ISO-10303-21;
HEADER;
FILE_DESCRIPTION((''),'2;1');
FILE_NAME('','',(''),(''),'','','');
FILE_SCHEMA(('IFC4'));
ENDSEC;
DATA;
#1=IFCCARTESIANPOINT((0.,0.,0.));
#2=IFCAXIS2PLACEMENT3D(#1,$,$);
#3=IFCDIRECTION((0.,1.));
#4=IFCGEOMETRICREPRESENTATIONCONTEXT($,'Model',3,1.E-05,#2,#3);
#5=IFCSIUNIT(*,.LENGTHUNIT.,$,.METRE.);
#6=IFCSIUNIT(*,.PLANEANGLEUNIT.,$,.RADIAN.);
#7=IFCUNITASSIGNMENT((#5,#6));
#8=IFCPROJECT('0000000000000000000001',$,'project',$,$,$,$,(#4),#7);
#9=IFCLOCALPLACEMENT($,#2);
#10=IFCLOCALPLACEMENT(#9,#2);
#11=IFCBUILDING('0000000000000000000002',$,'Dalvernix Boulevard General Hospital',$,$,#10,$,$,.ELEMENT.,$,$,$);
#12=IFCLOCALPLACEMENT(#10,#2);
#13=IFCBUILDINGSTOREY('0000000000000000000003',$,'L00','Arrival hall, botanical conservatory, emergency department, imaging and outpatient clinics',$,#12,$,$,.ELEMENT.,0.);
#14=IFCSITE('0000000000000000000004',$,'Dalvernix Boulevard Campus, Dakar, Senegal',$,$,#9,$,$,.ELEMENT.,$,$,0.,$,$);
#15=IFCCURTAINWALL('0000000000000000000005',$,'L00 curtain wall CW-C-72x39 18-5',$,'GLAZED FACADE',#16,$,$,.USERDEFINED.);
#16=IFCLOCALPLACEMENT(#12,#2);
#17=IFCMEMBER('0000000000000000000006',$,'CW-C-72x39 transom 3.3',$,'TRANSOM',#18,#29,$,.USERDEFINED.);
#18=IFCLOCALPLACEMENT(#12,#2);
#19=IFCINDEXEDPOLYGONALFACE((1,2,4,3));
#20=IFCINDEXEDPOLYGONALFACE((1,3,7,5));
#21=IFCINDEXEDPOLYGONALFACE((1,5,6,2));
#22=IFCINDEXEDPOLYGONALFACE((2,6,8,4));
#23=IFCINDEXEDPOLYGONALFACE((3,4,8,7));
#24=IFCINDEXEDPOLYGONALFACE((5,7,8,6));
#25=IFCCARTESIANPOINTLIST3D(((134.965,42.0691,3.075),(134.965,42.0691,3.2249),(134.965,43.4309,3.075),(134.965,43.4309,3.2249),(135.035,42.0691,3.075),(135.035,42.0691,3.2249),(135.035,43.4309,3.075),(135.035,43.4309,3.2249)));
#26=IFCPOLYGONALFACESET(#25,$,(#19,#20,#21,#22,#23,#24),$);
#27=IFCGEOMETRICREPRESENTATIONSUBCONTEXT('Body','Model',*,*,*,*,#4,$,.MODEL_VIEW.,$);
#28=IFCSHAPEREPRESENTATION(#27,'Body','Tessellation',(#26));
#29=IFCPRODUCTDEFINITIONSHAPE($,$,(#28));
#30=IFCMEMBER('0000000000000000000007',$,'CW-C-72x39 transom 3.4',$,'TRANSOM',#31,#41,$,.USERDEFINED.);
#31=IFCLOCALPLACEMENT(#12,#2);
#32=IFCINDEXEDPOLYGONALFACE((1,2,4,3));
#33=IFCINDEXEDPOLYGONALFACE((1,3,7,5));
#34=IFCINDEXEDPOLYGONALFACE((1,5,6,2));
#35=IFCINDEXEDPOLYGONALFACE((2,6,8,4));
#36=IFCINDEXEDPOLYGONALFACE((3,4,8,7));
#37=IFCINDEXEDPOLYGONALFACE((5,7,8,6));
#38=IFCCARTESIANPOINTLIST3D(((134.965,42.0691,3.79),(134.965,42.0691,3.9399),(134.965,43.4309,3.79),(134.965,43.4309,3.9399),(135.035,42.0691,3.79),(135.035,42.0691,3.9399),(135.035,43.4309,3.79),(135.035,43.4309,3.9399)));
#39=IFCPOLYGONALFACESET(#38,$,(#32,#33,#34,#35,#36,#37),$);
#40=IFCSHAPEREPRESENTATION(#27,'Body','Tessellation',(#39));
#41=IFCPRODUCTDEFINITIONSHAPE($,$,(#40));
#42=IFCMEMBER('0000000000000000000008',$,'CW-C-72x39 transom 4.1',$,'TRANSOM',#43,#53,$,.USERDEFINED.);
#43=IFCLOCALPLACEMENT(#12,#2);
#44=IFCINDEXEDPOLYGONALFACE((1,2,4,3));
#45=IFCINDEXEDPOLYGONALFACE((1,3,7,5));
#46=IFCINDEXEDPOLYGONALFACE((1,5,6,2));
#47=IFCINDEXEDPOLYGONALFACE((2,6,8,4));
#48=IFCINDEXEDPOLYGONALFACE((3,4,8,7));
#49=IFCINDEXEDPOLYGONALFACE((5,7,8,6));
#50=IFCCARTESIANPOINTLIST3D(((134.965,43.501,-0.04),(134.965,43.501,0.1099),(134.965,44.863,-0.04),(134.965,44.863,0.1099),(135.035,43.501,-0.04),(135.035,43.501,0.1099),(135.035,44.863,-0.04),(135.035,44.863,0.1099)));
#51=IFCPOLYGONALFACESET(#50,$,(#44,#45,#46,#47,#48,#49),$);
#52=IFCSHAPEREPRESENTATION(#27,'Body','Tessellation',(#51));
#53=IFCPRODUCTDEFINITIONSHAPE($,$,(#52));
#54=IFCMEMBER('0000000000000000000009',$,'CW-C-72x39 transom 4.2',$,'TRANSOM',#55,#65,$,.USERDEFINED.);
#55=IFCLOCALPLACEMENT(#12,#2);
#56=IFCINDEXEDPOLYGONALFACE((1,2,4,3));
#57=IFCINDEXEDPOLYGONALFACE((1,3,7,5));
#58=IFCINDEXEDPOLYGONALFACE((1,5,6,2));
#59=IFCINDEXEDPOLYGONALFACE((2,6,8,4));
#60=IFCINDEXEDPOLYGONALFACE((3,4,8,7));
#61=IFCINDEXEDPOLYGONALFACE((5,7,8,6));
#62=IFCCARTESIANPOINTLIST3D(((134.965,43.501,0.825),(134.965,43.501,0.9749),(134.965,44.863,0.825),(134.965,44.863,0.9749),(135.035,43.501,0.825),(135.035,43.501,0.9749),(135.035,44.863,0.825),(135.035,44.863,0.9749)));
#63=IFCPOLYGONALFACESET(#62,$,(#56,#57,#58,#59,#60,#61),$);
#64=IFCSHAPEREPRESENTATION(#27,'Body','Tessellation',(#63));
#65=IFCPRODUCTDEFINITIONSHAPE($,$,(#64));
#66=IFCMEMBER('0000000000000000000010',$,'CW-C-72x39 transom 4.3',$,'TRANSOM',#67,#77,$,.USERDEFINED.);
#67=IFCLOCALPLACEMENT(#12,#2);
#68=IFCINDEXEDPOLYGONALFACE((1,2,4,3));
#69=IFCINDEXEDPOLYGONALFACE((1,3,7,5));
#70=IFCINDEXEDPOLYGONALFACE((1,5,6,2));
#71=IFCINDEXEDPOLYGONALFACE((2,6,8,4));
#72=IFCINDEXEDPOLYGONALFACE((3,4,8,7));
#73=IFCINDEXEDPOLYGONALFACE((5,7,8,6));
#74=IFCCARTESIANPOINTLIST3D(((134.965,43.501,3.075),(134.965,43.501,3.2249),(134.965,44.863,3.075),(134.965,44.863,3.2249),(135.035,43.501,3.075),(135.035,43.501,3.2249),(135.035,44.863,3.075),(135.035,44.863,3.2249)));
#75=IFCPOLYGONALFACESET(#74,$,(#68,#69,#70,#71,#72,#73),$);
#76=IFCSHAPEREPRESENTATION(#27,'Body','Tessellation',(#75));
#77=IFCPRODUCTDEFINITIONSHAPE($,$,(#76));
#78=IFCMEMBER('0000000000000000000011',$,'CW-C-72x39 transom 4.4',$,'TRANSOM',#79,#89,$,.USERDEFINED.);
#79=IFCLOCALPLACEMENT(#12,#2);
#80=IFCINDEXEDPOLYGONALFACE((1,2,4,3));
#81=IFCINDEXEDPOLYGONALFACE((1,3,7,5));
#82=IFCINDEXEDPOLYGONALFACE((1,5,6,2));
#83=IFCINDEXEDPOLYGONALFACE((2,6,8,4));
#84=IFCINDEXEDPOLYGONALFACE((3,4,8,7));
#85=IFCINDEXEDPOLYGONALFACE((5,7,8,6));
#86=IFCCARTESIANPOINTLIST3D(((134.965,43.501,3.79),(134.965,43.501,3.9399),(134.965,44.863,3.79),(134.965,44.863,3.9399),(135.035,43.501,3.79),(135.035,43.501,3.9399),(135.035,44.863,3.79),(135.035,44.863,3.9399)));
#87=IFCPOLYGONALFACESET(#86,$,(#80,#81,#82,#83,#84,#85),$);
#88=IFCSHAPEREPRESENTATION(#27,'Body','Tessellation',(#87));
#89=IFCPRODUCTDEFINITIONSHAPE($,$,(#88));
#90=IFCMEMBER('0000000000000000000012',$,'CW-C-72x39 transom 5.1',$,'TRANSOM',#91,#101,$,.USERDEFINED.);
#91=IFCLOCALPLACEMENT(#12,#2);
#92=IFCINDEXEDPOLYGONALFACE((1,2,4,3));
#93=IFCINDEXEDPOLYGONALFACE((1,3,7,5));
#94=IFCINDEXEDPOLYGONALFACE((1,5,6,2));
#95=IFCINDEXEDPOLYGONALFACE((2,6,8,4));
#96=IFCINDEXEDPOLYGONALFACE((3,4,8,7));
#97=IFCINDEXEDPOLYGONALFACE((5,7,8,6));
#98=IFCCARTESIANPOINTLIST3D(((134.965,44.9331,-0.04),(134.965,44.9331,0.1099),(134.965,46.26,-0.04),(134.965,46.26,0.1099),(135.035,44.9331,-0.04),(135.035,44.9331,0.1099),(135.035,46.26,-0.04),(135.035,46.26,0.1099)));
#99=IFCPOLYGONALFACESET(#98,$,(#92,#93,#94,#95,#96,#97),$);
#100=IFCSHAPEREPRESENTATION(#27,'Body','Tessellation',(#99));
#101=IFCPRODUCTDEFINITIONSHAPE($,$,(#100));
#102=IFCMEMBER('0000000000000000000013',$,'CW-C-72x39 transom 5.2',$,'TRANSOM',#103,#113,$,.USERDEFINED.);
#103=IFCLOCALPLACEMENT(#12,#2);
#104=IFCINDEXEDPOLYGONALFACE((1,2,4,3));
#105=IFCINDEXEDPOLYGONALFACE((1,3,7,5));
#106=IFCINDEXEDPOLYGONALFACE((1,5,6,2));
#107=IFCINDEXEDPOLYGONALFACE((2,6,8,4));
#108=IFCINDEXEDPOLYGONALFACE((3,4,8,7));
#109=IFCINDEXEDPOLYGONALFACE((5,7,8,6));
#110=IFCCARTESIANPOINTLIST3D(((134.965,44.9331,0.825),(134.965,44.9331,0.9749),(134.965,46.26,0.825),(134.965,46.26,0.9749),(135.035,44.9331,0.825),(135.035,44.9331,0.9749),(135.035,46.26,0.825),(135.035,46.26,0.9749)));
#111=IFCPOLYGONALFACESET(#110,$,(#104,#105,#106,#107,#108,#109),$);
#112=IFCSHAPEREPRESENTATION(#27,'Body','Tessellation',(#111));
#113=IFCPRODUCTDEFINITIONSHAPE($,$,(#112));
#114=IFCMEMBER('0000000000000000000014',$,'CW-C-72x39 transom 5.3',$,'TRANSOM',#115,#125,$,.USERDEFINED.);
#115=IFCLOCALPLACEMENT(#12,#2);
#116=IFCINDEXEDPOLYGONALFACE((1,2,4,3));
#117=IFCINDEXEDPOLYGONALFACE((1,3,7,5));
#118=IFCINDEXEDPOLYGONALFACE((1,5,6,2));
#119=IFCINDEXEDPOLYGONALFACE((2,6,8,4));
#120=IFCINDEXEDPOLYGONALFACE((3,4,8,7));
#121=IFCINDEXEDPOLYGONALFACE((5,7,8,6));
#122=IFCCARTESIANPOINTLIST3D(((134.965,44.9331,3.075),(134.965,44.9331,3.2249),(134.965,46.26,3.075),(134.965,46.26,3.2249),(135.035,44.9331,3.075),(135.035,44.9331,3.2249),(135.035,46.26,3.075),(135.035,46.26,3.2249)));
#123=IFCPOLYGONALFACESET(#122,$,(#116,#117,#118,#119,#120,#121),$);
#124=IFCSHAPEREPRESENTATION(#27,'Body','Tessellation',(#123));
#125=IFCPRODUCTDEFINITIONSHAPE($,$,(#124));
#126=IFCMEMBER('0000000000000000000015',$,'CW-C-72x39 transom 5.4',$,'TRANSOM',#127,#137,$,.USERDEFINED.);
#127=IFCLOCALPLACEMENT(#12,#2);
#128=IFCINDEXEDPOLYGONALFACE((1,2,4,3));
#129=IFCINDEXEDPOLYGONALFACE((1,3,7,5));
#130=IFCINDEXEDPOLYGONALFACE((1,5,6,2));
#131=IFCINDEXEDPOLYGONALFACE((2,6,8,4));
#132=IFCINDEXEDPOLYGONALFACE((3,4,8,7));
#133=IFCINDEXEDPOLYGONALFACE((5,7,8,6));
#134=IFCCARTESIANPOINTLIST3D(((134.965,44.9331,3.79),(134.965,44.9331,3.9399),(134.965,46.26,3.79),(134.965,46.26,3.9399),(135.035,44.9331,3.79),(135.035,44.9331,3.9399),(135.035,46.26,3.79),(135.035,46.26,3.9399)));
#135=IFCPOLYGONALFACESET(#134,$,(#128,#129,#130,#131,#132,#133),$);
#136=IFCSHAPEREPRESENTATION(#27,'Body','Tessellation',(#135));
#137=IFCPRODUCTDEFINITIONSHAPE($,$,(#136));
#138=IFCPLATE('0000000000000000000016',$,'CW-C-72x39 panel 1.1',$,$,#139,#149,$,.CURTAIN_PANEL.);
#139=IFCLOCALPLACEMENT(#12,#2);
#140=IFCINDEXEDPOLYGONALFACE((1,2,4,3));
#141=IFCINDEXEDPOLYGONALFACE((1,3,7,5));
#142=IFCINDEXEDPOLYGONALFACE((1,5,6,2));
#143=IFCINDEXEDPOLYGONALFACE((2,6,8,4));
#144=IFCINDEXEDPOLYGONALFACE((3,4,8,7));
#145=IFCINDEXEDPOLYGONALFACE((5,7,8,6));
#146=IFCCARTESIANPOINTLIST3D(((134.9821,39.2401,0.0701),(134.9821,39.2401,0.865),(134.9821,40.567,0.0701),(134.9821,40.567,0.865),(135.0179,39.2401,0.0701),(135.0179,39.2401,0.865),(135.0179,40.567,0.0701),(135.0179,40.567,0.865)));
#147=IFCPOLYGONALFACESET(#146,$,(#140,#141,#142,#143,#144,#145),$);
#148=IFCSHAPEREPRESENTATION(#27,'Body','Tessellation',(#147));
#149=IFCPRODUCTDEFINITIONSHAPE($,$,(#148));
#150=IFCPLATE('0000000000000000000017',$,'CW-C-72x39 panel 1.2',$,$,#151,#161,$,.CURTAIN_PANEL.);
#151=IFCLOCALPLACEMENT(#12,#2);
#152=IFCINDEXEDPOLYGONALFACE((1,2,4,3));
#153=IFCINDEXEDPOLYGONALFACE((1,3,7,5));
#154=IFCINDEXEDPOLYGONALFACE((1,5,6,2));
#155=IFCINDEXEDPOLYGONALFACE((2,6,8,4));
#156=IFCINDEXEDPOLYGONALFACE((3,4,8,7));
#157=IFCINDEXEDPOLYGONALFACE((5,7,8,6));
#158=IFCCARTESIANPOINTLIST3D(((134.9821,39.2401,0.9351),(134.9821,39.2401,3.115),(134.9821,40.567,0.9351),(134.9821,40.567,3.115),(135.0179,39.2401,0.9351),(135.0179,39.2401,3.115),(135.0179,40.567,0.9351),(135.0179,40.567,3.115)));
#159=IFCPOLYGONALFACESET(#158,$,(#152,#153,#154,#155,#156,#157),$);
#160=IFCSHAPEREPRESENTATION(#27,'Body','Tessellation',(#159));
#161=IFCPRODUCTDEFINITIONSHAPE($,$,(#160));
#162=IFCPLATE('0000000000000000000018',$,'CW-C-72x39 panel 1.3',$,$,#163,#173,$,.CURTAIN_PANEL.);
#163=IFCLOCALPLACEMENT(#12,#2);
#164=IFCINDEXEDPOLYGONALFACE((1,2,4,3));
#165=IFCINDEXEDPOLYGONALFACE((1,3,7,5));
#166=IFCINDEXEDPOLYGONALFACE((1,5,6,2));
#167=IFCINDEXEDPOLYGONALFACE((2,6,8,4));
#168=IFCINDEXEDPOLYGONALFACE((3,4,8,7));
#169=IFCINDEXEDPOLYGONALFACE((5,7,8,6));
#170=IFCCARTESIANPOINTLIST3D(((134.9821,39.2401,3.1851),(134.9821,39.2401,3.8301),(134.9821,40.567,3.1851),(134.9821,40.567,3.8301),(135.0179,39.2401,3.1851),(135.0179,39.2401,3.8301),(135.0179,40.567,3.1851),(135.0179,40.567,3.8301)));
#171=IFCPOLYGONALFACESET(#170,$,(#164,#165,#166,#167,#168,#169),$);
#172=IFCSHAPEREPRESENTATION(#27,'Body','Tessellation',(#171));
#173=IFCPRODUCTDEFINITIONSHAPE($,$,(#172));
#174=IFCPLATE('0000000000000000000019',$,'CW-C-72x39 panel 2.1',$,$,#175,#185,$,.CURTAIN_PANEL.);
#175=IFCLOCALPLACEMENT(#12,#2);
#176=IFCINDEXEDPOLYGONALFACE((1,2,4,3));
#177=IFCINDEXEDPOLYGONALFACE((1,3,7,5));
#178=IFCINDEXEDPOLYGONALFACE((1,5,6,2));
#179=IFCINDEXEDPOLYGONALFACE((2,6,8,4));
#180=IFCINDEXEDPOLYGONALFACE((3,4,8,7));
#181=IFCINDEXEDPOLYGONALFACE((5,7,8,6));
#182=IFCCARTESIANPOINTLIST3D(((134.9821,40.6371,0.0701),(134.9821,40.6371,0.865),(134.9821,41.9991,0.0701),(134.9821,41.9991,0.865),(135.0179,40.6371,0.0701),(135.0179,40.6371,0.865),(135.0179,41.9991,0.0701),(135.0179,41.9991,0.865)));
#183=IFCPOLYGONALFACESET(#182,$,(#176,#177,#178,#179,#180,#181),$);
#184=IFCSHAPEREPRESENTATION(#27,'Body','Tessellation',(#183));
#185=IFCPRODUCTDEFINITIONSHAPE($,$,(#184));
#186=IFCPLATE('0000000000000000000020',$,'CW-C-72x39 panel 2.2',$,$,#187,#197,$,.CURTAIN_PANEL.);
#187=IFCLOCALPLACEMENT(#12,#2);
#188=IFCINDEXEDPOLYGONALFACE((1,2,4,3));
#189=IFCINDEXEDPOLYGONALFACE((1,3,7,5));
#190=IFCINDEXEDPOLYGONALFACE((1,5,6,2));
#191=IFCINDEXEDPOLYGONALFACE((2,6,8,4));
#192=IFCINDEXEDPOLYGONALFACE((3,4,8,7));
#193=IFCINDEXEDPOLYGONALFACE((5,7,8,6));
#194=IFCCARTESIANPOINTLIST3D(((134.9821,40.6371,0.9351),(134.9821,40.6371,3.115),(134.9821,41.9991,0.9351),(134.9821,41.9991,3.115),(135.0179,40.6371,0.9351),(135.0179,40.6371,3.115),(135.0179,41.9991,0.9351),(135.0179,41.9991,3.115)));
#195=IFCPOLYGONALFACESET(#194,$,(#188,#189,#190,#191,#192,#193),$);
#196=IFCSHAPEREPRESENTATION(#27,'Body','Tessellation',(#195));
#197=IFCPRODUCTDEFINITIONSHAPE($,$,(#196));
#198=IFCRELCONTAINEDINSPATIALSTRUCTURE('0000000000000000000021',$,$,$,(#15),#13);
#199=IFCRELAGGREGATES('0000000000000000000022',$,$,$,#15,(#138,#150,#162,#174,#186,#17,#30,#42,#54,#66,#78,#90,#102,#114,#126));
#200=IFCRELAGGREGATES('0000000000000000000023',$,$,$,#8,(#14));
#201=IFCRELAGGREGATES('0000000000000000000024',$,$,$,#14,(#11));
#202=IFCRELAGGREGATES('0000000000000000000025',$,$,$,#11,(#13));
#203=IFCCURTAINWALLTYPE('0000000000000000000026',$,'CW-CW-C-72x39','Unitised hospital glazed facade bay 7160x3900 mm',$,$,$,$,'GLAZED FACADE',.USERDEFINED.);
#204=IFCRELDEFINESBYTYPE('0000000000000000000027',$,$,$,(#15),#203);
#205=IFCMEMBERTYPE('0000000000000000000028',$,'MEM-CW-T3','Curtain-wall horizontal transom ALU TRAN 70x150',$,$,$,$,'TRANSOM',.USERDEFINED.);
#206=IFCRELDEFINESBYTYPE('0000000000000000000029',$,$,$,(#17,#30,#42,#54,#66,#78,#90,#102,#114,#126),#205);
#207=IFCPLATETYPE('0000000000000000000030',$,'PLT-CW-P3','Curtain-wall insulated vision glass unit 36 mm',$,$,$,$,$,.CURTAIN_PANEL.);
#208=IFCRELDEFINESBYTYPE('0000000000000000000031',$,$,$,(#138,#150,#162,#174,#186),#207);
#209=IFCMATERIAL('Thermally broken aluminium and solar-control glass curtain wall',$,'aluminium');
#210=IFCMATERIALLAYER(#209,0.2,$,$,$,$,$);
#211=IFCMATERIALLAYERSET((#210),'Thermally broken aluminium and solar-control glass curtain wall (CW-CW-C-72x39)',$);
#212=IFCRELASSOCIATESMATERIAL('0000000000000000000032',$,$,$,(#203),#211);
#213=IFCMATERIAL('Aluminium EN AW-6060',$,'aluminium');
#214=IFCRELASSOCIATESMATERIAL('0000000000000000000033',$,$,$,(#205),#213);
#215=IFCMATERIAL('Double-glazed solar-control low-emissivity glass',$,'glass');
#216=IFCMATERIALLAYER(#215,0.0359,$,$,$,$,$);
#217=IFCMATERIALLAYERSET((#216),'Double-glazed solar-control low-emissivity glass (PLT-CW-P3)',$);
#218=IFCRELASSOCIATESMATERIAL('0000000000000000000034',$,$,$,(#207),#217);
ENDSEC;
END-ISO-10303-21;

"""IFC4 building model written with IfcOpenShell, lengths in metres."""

from ifc_helpers import new_model, si_unit, direction, frame, origin, origin_2d, place, context, subcontext, project, spatial, rectangle, extrude, material, layer, layer_set, material_profile, profile_set, type_object, element, aggregate, save


model = new_model("IFC4")

# Units and contexts
model_context = context("Model", 3, precision=1e-05, world=origin(), true_north=direction((0.0, 1.0)))
body_context = subcontext(model_context, "Body", "Model", "MODEL_VIEW")
ifc_project = project(units=[si_unit("LENGTHUNIT", "METRE"), si_unit("PLANEANGLEUNIT", "RADIAN")], contexts=[model_context])

# Site, building, storey
site_placement = place(None, origin())
site = spatial("IfcSite", under=ifc_project, at=site_placement, Name="Dalvernix Boulevard Campus, Dakar, Senegal", CompositionType="ELEMENT", RefElevation=0.0)
building_placement = place(site_placement, origin())
building = spatial("IfcBuilding", under=site, at=building_placement, Name="Dalvernix Boulevard General Hospital", CompositionType="ELEMENT")
storey_placement = place(building_placement, origin())
storey = spatial("IfcBuildingStorey", under=building, at=storey_placement, Name="L00", Description="Arrival hall, botanical conservatory, emergency department, imaging and outpatient clinics", CompositionType="ELEMENT", Elevation=0.0)

# Curtain wall, members, plates
ifc_material_1 = material(Name="Thermally broken aluminium and solar-control glass curtain wall", Category="aluminium")
ifc_layer_1 = layer(ifc_material_1, 0.2)
ifc_layer_set_1 = layer_set([ifc_layer_1], Name="Thermally broken aluminium and solar-control glass curtain wall (CW-CW-C-72x39)")
curtain_wall_type = type_object("IfcCurtainWallType", Name="CW-CW-C-72x39", Description="Unitised hospital glazed facade bay 7160x3900 mm", ElementType="GLAZED FACADE", PredefinedType="USERDEFINED", material=ifc_layer_set_1)
curtain_wall_placement = place(storey_placement, origin())
curtain_wall = element("IfcCurtainWall", 1, at=curtain_wall_placement, inside=storey, type_object=curtain_wall_type, Name="L00 curtain wall CW-C-72x39 18-5", ObjectType="GLAZED FACADE", PredefinedType="USERDEFINED")
ifc_material_2 = material(Name="Aluminium EN AW-6060", Category="aluminium")
ifc_material_profile_1 = material_profile(ifc_material_2, rectangle(XDim=0.0701, YDim=0.1499, at=origin_2d()), Name="ALU TRAN 70x150")
ifc_profile_set_1 = profile_set([ifc_material_profile_1], Name="Aluminium EN AW-6060")
member_type_1 = type_object("IfcMemberType", Name="MEM-CW-T3", Description="Curtain-wall horizontal transom ALU TRAN 70x150", ElementType="TRANSOM", PredefinedType="USERDEFINED", material=ifc_profile_set_1)
member_1_placement = place(storey_placement, frame((135.0, 42.0691, 3.1499), z_axis=(0.0, 1.0, 0.0), x_axis=(-1.0, 0.0, 0.0)))
member_1 = element("IfcMember", 2, at=member_1_placement, type_object=member_type_1, Name="CW-C-72x39 transom 3.3", ObjectType="TRANSOM", PredefinedType="USERDEFINED", context=body_context, shape_type="SweptSolid", body=[
    extrude(rectangle(XDim=0.0701, YDim=0.1499, at=origin_2d()), origin(), (0.0, 0.0, 1.0), 1.3618),
])
member_2_placement = place(storey_placement, frame((135.0, 42.0691, 3.865), z_axis=(0.0, 1.0, 0.0), x_axis=(-1.0, 0.0, 0.0)))
member_2 = element("IfcMember", 3, at=member_2_placement, type_object=member_type_1, Name="CW-C-72x39 transom 3.4", ObjectType="TRANSOM", PredefinedType="USERDEFINED", context=body_context, shape_type="SweptSolid", body=[
    extrude(rectangle(XDim=0.0701, YDim=0.1499, at=origin_2d()), origin(), (0.0, 0.0, 1.0), 1.3618),
])
member_3_placement = place(storey_placement, frame((135.0, 43.501, 0.0349), z_axis=(0.0, 1.0, 0.0), x_axis=(-1.0, 0.0, 0.0)))
member_3 = element("IfcMember", 4, at=member_3_placement, type_object=member_type_1, Name="CW-C-72x39 transom 4.1", ObjectType="TRANSOM", PredefinedType="USERDEFINED", context=body_context, shape_type="SweptSolid", body=[
    extrude(rectangle(XDim=0.0701, YDim=0.1499, at=origin_2d()), origin(), (0.0, 0.0, 1.0), 1.3621),
])
member_4_placement = place(storey_placement, frame((135.0, 43.501, 0.8999), z_axis=(0.0, 1.0, 0.0), x_axis=(-1.0, 0.0, 0.0)))
member_4 = element("IfcMember", 5, at=member_4_placement, type_object=member_type_1, Name="CW-C-72x39 transom 4.2", ObjectType="TRANSOM", PredefinedType="USERDEFINED", context=body_context, shape_type="SweptSolid", body=[
    extrude(rectangle(XDim=0.0701, YDim=0.1499, at=origin_2d()), origin(), (0.0, 0.0, 1.0), 1.3621),
])
member_5_placement = place(storey_placement, frame((135.0, 43.501, 3.1499), z_axis=(0.0, 1.0, 0.0), x_axis=(-1.0, 0.0, 0.0)))
member_5 = element("IfcMember", 6, at=member_5_placement, type_object=member_type_1, Name="CW-C-72x39 transom 4.3", ObjectType="TRANSOM", PredefinedType="USERDEFINED", context=body_context, shape_type="SweptSolid", body=[
    extrude(rectangle(XDim=0.0701, YDim=0.1499, at=origin_2d()), origin(), (0.0, 0.0, 1.0), 1.3621),
])
member_6_placement = place(storey_placement, frame((135.0, 43.501, 3.865), z_axis=(0.0, 1.0, 0.0), x_axis=(-1.0, 0.0, 0.0)))
member_6 = element("IfcMember", 7, at=member_6_placement, type_object=member_type_1, Name="CW-C-72x39 transom 4.4", ObjectType="TRANSOM", PredefinedType="USERDEFINED", context=body_context, shape_type="SweptSolid", body=[
    extrude(rectangle(XDim=0.0701, YDim=0.1499, at=origin_2d()), origin(), (0.0, 0.0, 1.0), 1.3621),
])
member_7_placement = place(storey_placement, frame((135.0, 44.9331, 0.0349), z_axis=(0.0, 1.0, 0.0), x_axis=(-1.0, 0.0, 0.0)))
member_7 = element("IfcMember", 8, at=member_7_placement, type_object=member_type_1, Name="CW-C-72x39 transom 5.1", ObjectType="TRANSOM", PredefinedType="USERDEFINED", context=body_context, shape_type="SweptSolid", body=[
    extrude(rectangle(XDim=0.0701, YDim=0.1499, at=origin_2d()), origin(), (0.0, 0.0, 1.0), 1.3269),
])
member_8_placement = place(storey_placement, frame((135.0, 44.9331, 0.8999), z_axis=(0.0, 1.0, 0.0), x_axis=(-1.0, 0.0, 0.0)))
member_8 = element("IfcMember", 9, at=member_8_placement, type_object=member_type_1, Name="CW-C-72x39 transom 5.2", ObjectType="TRANSOM", PredefinedType="USERDEFINED", context=body_context, shape_type="SweptSolid", body=[
    extrude(rectangle(XDim=0.0701, YDim=0.1499, at=origin_2d()), origin(), (0.0, 0.0, 1.0), 1.3269),
])
member_9_placement = place(storey_placement, frame((135.0, 44.9331, 3.1499), z_axis=(0.0, 1.0, 0.0), x_axis=(-1.0, 0.0, 0.0)))
member_9 = element("IfcMember", 10, at=member_9_placement, type_object=member_type_1, Name="CW-C-72x39 transom 5.3", ObjectType="TRANSOM", PredefinedType="USERDEFINED", context=body_context, shape_type="SweptSolid", body=[
    extrude(rectangle(XDim=0.0701, YDim=0.1499, at=origin_2d()), origin(), (0.0, 0.0, 1.0), 1.3269),
])
member_10_placement = place(storey_placement, frame((135.0, 44.9331, 3.865), z_axis=(0.0, 1.0, 0.0), x_axis=(-1.0, 0.0, 0.0)))
member_10 = element("IfcMember", 11, at=member_10_placement, type_object=member_type_1, Name="CW-C-72x39 transom 5.4", ObjectType="TRANSOM", PredefinedType="USERDEFINED", context=body_context, shape_type="SweptSolid", body=[
    extrude(rectangle(XDim=0.0701, YDim=0.1499, at=origin_2d()), origin(), (0.0, 0.0, 1.0), 1.3269),
])
ifc_material_3 = material(Name="Double-glazed solar-control low-emissivity glass", Category="glass")
ifc_layer_2 = layer(ifc_material_3, 0.0359)
ifc_layer_set_2 = layer_set([ifc_layer_2], Name="Double-glazed solar-control low-emissivity glass (PLT-CW-P3)")
plate_type = type_object("IfcPlateType", Name="PLT-CW-P3", Description="Curtain-wall insulated vision glass unit 36 mm", PredefinedType="CURTAIN_PANEL", material=ifc_layer_set_2)
plate_1_placement = place(storey_placement, frame((135.0, 39.9036, 0.0701), z_axis=(0.0, 0.0, 1.0), x_axis=(0.0, 1.0, 0.0)))
plate_1 = element("IfcPlate", 12, at=plate_1_placement, type_object=plate_type, Name="CW-C-72x39 panel 1.1", PredefinedType="CURTAIN_PANEL", context=body_context, shape_type="SweptSolid", body=[
    extrude(rectangle(XDim=1.3269, YDim=0.0359, at=origin_2d()), origin(), (0.0, 0.0, 1.0), 0.7949),
])
plate_2_placement = place(storey_placement, frame((135.0, 39.9036, 0.9351), z_axis=(0.0, 0.0, 1.0), x_axis=(0.0, 1.0, 0.0)))
plate_2 = element("IfcPlate", 13, at=plate_2_placement, type_object=plate_type, Name="CW-C-72x39 panel 1.2", PredefinedType="CURTAIN_PANEL", context=body_context, shape_type="SweptSolid", body=[
    extrude(rectangle(XDim=1.3269, YDim=0.0359, at=origin_2d()), origin(), (0.0, 0.0, 1.0), 2.1799),
])
plate_3_placement = place(storey_placement, frame((135.0, 39.9036, 3.1851), z_axis=(0.0, 0.0, 1.0), x_axis=(0.0, 1.0, 0.0)))
plate_3 = element("IfcPlate", 14, at=plate_3_placement, type_object=plate_type, Name="CW-C-72x39 panel 1.3", PredefinedType="CURTAIN_PANEL", context=body_context, shape_type="SweptSolid", body=[
    extrude(rectangle(XDim=1.3269, YDim=0.0359, at=origin_2d()), origin(), (0.0, 0.0, 1.0), 0.645),
])
plate_4_placement = place(storey_placement, frame((135.0, 41.3181, 0.0701), z_axis=(0.0, 0.0, 1.0), x_axis=(0.0, 1.0, 0.0)))
plate_4 = element("IfcPlate", 15, at=plate_4_placement, type_object=plate_type, Name="CW-C-72x39 panel 2.1", PredefinedType="CURTAIN_PANEL", context=body_context, shape_type="SweptSolid", body=[
    extrude(rectangle(XDim=1.3621, YDim=0.0359, at=origin_2d()), origin(), (0.0, 0.0, 1.0), 0.7949),
])
plate_5_placement = place(storey_placement, frame((135.0, 41.3181, 0.9351), z_axis=(0.0, 0.0, 1.0), x_axis=(0.0, 1.0, 0.0)))
plate_5 = element("IfcPlate", 16, at=plate_5_placement, type_object=plate_type, Name="CW-C-72x39 panel 2.2", PredefinedType="CURTAIN_PANEL", context=body_context, shape_type="SweptSolid", body=[
    extrude(rectangle(XDim=1.3621, YDim=0.0359, at=origin_2d()), origin(), (0.0, 0.0, 1.0), 2.1799),
])
aggregate(curtain_wall, [plate_1, plate_2, plate_3, plate_4, plate_5, member_1, member_2, member_3, member_4, member_5, member_6, member_7, member_8, member_9, member_10])

save(model, "model.ifc")
